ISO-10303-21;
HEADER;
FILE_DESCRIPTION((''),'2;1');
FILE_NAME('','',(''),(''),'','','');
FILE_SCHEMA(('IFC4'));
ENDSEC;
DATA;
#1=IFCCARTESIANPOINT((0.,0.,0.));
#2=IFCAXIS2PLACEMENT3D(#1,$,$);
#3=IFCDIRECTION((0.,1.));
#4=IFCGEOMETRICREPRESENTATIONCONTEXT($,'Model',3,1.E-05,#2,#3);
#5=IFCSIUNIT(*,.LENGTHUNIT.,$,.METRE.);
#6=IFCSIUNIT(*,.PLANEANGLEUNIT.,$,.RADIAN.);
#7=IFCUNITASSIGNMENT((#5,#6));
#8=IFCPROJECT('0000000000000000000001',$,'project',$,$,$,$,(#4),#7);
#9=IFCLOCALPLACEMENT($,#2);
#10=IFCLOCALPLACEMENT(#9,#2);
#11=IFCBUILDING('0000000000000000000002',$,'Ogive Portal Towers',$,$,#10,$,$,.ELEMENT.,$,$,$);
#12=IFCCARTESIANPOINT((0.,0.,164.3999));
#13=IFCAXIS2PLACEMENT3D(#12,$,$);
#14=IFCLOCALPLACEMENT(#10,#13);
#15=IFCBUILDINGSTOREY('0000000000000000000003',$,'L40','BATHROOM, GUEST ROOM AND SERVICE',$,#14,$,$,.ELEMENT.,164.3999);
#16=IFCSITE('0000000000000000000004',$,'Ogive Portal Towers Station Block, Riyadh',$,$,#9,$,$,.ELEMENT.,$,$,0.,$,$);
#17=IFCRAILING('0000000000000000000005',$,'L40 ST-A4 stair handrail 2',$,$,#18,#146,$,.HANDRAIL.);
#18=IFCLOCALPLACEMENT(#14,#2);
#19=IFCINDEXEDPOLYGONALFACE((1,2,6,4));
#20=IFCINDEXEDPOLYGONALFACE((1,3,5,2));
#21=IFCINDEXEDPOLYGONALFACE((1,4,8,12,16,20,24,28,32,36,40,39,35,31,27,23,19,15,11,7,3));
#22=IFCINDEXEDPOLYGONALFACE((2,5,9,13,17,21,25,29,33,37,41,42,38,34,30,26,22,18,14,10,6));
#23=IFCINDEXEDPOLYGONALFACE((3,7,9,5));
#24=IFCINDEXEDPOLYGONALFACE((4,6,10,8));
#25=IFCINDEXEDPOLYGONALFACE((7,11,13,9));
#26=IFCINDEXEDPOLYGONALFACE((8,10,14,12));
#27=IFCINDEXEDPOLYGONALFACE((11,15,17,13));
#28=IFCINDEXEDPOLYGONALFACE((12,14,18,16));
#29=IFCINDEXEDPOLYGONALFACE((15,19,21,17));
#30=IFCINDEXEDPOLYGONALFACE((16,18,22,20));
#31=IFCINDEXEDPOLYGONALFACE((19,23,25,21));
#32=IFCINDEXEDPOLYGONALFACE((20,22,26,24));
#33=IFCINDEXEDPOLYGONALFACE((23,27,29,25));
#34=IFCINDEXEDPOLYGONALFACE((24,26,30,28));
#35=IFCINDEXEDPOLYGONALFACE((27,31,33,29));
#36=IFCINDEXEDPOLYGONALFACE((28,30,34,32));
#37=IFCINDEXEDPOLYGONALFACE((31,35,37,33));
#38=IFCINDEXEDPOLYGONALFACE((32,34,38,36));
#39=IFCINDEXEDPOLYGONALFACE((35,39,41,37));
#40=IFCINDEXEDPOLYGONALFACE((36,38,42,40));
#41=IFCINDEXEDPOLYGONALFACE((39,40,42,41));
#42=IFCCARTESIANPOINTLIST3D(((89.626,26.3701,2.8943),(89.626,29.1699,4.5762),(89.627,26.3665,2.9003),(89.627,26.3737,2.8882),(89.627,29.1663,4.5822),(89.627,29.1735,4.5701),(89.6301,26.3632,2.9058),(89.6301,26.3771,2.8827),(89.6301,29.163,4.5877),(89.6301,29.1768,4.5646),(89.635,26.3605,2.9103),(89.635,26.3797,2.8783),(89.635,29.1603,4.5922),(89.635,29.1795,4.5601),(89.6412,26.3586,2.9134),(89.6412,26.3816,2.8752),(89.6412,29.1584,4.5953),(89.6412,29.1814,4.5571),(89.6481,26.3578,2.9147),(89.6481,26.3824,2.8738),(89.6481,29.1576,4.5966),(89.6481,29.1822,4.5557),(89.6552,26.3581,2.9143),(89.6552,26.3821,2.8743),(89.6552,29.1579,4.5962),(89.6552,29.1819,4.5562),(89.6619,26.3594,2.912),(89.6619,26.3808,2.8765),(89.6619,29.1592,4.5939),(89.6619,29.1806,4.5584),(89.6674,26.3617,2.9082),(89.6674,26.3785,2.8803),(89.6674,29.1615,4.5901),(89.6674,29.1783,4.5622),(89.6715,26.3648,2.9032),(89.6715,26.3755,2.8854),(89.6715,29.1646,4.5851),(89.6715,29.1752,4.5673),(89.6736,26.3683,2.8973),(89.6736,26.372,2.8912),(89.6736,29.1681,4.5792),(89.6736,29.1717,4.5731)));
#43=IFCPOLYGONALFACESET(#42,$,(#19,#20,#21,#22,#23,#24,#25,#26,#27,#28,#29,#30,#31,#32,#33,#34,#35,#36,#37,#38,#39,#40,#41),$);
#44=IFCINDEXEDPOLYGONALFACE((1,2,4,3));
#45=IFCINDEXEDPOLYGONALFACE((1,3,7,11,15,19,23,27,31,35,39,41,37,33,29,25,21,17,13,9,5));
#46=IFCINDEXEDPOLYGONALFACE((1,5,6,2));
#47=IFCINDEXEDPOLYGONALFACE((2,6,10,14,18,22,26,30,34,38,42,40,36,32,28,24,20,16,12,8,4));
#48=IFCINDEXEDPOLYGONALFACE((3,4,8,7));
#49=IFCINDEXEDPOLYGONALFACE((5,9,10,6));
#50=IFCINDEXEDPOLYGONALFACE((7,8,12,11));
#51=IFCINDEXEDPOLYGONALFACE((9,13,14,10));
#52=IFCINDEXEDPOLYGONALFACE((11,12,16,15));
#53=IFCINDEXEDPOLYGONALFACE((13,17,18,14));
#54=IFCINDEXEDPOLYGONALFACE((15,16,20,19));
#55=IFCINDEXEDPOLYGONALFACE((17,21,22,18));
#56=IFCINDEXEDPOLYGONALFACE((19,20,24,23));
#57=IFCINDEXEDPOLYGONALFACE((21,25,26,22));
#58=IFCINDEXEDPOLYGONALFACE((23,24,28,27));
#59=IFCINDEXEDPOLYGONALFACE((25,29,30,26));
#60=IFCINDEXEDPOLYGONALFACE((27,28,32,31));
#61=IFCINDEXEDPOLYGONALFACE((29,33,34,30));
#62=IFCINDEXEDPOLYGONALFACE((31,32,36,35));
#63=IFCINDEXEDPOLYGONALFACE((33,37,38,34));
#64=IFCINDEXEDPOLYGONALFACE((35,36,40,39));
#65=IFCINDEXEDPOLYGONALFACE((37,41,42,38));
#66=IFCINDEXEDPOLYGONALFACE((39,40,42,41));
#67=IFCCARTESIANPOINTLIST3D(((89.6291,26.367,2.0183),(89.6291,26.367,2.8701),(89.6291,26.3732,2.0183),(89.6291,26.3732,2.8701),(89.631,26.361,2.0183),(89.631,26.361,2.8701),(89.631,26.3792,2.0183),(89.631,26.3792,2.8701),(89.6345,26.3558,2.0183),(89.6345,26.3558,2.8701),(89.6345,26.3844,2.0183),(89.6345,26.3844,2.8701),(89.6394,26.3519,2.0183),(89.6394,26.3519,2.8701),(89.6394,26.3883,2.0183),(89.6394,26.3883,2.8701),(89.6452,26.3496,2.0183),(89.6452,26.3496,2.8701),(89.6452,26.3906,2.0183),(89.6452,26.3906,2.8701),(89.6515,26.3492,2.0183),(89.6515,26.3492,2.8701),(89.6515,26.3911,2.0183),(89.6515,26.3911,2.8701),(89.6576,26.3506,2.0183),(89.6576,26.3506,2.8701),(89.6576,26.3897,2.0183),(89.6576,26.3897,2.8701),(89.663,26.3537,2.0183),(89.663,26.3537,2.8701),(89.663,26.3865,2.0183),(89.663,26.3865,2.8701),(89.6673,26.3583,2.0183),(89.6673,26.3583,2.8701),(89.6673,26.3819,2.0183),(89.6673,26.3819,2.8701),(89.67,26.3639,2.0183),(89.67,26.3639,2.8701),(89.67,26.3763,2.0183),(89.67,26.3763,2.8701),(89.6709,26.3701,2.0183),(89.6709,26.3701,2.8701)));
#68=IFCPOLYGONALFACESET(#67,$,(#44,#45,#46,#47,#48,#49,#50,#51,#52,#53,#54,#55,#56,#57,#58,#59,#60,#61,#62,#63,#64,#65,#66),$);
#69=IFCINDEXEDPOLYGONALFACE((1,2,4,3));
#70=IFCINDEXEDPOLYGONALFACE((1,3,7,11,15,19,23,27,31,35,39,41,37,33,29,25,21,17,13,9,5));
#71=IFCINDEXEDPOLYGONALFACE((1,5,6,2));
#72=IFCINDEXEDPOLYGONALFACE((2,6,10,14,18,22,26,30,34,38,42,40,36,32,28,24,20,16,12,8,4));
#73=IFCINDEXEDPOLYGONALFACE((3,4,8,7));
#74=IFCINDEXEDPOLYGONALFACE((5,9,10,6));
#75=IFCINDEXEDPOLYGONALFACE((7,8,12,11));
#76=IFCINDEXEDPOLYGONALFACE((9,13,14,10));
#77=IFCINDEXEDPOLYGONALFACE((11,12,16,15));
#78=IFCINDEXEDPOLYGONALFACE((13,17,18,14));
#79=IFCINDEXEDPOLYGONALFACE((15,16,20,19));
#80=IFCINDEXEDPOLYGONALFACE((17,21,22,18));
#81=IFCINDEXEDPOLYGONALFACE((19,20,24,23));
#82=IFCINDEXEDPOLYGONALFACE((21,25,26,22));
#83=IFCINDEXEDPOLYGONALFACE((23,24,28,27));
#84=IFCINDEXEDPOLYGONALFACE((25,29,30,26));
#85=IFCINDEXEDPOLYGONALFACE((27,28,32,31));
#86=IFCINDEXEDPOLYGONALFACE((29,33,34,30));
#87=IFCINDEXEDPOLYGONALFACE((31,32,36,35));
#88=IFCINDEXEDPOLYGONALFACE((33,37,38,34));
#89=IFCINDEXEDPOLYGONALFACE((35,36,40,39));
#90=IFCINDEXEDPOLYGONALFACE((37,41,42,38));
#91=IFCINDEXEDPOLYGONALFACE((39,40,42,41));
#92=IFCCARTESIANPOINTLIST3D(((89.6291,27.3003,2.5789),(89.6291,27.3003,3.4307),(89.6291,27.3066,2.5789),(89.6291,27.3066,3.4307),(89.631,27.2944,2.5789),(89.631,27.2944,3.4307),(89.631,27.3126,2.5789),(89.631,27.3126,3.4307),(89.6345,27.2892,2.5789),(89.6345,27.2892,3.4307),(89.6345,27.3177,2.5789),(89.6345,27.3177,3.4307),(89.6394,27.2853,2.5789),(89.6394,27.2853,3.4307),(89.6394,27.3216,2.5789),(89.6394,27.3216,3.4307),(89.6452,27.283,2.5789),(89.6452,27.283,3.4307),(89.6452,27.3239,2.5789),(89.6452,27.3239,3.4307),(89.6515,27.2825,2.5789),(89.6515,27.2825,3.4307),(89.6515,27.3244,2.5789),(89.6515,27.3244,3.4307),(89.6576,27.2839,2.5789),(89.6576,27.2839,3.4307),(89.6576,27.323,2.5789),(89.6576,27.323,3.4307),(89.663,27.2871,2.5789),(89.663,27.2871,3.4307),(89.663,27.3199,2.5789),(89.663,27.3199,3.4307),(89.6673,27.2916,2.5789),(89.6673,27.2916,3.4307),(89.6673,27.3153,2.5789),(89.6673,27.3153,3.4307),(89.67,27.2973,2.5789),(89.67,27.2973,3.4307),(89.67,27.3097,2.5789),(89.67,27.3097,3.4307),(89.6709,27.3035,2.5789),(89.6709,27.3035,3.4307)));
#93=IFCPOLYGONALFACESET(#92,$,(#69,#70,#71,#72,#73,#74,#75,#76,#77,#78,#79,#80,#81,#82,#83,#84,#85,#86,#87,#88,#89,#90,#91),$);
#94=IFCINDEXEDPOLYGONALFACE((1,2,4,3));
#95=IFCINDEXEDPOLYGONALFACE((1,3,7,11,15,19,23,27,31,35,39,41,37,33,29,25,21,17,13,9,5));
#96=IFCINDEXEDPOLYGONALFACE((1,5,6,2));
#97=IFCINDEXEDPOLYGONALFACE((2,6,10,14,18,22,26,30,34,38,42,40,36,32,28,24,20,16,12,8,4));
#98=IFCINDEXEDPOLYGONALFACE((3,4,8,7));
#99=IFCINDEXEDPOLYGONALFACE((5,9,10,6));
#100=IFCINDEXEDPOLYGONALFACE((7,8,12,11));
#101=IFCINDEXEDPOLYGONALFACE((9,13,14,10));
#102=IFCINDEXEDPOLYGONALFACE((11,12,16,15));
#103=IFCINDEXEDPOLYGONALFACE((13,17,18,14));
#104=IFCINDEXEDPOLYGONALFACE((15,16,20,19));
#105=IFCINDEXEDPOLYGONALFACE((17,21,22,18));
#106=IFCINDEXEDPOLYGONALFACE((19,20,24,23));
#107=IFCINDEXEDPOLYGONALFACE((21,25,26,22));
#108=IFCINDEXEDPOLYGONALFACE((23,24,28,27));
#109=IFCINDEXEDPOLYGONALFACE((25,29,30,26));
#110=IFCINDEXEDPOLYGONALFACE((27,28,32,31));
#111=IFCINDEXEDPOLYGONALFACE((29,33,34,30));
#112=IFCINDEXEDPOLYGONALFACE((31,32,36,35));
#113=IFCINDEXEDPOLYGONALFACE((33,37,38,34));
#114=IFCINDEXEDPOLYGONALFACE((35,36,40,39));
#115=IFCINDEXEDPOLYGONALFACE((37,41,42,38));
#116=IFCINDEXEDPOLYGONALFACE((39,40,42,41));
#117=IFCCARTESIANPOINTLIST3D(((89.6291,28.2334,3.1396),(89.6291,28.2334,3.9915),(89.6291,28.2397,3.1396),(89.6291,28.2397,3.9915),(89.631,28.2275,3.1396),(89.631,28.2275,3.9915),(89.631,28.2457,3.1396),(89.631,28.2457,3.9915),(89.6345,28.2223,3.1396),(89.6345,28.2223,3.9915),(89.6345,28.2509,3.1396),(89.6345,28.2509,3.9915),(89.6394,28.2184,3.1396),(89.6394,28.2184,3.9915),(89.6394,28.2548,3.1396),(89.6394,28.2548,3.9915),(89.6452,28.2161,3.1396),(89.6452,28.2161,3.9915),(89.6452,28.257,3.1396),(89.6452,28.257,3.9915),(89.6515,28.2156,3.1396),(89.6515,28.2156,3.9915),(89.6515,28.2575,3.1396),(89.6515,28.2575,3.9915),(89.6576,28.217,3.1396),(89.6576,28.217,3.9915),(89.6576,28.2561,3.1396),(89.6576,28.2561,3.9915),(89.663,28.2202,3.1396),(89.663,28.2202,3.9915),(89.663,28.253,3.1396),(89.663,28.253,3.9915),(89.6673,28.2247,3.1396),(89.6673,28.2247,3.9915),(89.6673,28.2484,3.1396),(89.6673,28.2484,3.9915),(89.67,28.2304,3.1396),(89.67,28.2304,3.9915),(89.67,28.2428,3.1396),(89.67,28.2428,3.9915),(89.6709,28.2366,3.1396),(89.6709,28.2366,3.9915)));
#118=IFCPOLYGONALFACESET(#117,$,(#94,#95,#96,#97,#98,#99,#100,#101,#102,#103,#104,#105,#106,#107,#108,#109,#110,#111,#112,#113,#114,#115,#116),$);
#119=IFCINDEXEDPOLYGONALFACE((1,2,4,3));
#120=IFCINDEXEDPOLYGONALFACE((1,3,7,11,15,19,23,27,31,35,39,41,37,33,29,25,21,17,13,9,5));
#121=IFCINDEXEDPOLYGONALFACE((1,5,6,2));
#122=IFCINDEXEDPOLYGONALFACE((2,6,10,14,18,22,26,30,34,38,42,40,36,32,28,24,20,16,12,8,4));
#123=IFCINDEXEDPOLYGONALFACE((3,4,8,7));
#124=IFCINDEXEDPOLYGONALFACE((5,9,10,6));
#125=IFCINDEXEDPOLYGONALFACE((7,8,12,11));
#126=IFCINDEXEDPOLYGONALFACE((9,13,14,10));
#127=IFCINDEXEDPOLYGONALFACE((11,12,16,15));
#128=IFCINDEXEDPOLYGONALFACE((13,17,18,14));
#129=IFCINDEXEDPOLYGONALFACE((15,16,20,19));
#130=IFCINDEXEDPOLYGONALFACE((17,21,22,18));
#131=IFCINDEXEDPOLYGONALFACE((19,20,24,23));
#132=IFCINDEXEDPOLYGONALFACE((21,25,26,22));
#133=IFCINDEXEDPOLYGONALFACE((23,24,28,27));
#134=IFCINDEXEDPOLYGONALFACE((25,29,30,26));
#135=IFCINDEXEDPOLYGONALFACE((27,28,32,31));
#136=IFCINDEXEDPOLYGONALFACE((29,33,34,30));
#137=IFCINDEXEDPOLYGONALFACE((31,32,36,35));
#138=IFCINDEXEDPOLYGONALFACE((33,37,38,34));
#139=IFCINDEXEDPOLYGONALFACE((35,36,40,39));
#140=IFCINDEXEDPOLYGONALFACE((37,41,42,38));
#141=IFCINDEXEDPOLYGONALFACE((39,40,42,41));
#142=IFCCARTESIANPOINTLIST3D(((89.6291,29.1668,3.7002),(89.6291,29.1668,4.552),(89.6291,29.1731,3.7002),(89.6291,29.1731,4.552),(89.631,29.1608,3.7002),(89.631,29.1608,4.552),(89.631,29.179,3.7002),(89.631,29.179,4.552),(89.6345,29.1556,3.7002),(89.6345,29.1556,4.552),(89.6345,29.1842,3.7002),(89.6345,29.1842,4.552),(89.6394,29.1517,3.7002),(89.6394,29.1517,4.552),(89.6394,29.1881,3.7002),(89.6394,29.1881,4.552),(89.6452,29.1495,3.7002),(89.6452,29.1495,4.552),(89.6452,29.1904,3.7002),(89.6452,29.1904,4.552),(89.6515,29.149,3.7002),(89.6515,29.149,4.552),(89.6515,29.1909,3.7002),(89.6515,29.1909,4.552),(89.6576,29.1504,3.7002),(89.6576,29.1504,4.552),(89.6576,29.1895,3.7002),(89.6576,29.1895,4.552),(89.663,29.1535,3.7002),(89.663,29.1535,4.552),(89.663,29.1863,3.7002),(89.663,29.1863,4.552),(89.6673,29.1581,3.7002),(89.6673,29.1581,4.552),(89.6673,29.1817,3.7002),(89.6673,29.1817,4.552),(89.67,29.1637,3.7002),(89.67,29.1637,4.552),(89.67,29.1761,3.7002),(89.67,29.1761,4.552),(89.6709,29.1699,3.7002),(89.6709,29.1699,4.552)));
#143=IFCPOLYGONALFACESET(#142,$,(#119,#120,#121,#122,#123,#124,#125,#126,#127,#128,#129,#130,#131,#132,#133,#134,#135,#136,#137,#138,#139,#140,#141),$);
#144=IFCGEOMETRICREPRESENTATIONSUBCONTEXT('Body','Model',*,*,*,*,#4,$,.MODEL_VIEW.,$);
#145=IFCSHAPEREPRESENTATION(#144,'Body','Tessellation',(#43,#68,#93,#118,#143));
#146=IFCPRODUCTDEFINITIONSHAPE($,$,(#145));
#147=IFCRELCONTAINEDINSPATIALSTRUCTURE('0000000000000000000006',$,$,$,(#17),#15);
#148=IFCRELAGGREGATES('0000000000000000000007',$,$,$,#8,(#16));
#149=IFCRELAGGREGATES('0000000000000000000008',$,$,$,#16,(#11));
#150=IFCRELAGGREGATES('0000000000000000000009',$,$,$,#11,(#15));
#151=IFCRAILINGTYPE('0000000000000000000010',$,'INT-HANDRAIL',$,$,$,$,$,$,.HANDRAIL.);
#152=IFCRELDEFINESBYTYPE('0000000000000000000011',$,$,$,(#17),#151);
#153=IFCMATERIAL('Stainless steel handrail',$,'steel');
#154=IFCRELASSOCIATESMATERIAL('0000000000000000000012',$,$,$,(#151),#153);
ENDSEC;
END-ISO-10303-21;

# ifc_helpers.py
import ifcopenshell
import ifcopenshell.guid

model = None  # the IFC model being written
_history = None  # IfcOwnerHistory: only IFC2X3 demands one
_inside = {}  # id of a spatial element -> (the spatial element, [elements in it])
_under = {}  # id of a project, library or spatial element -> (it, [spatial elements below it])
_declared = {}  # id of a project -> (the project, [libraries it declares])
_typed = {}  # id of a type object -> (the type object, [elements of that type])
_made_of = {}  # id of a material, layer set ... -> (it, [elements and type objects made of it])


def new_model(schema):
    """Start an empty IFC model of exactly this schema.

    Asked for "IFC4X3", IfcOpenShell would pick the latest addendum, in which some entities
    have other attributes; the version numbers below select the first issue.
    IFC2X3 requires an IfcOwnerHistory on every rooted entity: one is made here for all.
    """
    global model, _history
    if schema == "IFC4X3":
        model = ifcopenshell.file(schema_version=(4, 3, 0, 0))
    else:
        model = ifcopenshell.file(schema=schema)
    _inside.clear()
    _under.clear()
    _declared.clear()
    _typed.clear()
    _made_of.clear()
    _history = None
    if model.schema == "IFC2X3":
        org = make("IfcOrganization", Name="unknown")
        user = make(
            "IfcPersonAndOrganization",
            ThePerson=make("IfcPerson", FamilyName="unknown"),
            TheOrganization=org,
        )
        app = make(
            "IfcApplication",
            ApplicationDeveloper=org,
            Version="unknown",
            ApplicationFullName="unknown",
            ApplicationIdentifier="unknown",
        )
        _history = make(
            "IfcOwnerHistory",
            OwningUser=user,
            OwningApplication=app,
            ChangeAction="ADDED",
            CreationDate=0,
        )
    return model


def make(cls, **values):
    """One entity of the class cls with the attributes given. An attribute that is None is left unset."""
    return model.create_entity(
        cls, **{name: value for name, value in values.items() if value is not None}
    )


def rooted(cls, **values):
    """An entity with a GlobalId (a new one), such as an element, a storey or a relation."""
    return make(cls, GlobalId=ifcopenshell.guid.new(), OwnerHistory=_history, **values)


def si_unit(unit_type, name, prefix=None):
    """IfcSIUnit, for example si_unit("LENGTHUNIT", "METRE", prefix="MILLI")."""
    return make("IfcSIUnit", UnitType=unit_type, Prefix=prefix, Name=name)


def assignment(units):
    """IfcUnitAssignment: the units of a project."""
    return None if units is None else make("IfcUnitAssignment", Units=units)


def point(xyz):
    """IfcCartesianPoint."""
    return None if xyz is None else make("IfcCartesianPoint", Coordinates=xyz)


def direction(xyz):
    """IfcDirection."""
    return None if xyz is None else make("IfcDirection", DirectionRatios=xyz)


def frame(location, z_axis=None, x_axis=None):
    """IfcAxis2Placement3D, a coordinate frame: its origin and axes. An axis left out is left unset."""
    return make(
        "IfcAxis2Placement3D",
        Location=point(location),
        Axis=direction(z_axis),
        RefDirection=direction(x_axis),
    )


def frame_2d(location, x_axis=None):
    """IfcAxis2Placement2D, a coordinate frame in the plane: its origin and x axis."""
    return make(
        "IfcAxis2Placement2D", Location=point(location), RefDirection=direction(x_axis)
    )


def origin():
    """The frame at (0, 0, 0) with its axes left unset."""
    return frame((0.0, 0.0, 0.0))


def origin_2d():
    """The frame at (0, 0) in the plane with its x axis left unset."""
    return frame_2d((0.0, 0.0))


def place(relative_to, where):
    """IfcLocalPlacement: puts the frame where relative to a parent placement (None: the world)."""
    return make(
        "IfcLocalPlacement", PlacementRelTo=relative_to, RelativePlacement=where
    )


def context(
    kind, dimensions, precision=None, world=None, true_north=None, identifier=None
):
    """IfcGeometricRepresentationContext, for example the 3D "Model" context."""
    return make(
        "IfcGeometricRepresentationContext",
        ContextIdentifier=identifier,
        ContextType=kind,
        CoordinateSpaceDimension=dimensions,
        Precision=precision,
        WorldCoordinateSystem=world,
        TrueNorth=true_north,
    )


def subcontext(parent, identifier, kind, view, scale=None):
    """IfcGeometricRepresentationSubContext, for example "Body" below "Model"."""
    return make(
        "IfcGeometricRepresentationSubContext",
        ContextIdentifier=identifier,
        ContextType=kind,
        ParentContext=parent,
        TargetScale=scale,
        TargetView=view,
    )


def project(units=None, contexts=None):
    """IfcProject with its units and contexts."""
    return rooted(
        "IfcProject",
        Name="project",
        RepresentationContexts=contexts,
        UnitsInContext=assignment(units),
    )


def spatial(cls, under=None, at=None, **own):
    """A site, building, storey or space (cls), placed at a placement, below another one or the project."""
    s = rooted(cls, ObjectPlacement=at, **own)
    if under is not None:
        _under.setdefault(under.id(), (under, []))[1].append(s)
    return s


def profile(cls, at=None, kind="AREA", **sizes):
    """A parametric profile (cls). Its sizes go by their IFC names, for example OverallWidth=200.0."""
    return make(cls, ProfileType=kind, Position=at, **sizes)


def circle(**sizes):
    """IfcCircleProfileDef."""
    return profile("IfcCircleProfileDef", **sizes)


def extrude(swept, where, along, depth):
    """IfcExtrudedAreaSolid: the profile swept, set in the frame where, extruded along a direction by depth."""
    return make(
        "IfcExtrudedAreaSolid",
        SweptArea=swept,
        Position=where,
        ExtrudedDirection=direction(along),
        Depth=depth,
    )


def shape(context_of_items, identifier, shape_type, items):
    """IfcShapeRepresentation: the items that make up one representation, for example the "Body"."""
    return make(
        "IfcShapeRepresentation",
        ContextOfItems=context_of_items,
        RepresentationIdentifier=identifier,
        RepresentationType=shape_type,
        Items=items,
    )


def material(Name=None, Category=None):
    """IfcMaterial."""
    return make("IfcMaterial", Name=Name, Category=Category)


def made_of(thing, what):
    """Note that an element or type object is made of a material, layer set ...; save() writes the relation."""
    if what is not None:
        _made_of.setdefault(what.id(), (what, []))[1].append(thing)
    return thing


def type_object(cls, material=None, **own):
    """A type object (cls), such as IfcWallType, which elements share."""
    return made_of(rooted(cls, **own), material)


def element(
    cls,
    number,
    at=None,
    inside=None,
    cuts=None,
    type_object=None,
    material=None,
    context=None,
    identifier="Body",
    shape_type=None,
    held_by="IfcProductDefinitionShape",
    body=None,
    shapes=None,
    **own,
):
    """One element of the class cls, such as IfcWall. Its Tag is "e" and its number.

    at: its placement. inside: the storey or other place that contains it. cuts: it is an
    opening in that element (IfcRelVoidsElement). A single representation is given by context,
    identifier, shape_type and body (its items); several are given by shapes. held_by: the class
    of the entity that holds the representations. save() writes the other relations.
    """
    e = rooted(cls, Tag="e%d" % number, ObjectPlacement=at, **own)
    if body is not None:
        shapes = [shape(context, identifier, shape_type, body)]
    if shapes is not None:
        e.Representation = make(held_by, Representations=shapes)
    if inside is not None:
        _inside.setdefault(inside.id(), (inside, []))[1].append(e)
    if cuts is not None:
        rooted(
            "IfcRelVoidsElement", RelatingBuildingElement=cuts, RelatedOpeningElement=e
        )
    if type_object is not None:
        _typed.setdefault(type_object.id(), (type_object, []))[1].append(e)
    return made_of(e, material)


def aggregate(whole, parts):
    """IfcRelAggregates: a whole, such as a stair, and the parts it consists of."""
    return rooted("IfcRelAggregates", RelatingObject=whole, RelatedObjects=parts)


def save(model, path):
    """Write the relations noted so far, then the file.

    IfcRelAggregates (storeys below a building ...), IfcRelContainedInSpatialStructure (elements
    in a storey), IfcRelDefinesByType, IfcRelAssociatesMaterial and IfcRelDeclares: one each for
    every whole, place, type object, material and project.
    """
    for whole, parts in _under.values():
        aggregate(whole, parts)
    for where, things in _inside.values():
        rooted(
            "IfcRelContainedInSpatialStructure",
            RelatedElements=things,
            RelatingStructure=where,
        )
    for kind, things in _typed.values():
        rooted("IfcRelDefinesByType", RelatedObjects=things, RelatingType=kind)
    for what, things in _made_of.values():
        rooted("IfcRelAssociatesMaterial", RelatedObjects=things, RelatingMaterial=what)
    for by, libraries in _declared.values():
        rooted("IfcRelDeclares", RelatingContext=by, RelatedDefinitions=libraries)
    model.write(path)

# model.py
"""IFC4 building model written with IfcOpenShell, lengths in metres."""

from ifc_helpers import new_model, si_unit, direction, frame, origin, origin_2d, place, context, subcontext, project, spatial, circle, extrude, material, type_object, element, save


model = new_model("IFC4")

# Units and contexts
model_context = context("Model", 3, precision=1e-05, world=origin(), true_north=direction((0.0, 1.0)))
body_context = subcontext(model_context, "Body", "Model", "MODEL_VIEW")
ifc_project = project(units=[si_unit("LENGTHUNIT", "METRE"), si_unit("PLANEANGLEUNIT", "RADIAN")], contexts=[model_context])

# Site, building, storey
site_placement = place(None, origin())
site = spatial("IfcSite", under=ifc_project, at=site_placement, Name="Ogive Portal Towers Station Block, Riyadh", CompositionType="ELEMENT", RefElevation=0.0)
building_placement = place(site_placement, origin())
building = spatial("IfcBuilding", under=site, at=building_placement, Name="Ogive Portal Towers", CompositionType="ELEMENT")
storey_placement = place(building_placement, frame((0.0, 0.0, 164.3999)))
storey = spatial("IfcBuildingStorey", under=building, at=storey_placement, Name="L40", Description="BATHROOM, GUEST ROOM AND SERVICE", CompositionType="ELEMENT", Elevation=164.3999)

# Railing
ifc_material_1 = material(Name="Stainless steel handrail", Category="steel")
railing_type_1 = type_object("IfcRailingType", Name="INT-HANDRAIL", PredefinedType="HANDRAIL", material=ifc_material_1)
railing_1_placement = place(storey_placement, frame((89.6499, 26.3701, 2.0183)))
element("IfcRailing", 1, at=railing_1_placement, inside=storey, type_object=railing_type_1, Name="L40 ST-A4 stair handrail 2", PredefinedType="HANDRAIL", context=body_context, shape_type="SweptSolid", body=[
    extrude(circle(Radius=0.0239, at=origin_2d()), frame((0.0, 0.0, 0.876), z_axis=(0.0, 0.857222, 0.514946), x_axis=(-1.0, 0.0, 0.0)), (0.0, 0.0, 1.0), 3.2661),
    extrude(circle(Radius=0.021, at=origin_2d()), origin(), (0.0, 0.0, 1.0), 0.8518),
    extrude(circle(Radius=0.021, at=origin_2d()), frame((0.0, 0.9333, 0.5605)), (0.0, 0.0, 1.0), 0.8518),
    extrude(circle(Radius=0.021, at=origin_2d()), frame((0.0, 1.8665, 1.1213)), (0.0, 0.0, 1.0), 0.8518),
    extrude(circle(Radius=0.021, at=origin_2d()), frame((0.0, 2.7998, 1.6819)), (0.0, 0.0, 1.0), 0.8518),
])

save(model, "model.ifc")
